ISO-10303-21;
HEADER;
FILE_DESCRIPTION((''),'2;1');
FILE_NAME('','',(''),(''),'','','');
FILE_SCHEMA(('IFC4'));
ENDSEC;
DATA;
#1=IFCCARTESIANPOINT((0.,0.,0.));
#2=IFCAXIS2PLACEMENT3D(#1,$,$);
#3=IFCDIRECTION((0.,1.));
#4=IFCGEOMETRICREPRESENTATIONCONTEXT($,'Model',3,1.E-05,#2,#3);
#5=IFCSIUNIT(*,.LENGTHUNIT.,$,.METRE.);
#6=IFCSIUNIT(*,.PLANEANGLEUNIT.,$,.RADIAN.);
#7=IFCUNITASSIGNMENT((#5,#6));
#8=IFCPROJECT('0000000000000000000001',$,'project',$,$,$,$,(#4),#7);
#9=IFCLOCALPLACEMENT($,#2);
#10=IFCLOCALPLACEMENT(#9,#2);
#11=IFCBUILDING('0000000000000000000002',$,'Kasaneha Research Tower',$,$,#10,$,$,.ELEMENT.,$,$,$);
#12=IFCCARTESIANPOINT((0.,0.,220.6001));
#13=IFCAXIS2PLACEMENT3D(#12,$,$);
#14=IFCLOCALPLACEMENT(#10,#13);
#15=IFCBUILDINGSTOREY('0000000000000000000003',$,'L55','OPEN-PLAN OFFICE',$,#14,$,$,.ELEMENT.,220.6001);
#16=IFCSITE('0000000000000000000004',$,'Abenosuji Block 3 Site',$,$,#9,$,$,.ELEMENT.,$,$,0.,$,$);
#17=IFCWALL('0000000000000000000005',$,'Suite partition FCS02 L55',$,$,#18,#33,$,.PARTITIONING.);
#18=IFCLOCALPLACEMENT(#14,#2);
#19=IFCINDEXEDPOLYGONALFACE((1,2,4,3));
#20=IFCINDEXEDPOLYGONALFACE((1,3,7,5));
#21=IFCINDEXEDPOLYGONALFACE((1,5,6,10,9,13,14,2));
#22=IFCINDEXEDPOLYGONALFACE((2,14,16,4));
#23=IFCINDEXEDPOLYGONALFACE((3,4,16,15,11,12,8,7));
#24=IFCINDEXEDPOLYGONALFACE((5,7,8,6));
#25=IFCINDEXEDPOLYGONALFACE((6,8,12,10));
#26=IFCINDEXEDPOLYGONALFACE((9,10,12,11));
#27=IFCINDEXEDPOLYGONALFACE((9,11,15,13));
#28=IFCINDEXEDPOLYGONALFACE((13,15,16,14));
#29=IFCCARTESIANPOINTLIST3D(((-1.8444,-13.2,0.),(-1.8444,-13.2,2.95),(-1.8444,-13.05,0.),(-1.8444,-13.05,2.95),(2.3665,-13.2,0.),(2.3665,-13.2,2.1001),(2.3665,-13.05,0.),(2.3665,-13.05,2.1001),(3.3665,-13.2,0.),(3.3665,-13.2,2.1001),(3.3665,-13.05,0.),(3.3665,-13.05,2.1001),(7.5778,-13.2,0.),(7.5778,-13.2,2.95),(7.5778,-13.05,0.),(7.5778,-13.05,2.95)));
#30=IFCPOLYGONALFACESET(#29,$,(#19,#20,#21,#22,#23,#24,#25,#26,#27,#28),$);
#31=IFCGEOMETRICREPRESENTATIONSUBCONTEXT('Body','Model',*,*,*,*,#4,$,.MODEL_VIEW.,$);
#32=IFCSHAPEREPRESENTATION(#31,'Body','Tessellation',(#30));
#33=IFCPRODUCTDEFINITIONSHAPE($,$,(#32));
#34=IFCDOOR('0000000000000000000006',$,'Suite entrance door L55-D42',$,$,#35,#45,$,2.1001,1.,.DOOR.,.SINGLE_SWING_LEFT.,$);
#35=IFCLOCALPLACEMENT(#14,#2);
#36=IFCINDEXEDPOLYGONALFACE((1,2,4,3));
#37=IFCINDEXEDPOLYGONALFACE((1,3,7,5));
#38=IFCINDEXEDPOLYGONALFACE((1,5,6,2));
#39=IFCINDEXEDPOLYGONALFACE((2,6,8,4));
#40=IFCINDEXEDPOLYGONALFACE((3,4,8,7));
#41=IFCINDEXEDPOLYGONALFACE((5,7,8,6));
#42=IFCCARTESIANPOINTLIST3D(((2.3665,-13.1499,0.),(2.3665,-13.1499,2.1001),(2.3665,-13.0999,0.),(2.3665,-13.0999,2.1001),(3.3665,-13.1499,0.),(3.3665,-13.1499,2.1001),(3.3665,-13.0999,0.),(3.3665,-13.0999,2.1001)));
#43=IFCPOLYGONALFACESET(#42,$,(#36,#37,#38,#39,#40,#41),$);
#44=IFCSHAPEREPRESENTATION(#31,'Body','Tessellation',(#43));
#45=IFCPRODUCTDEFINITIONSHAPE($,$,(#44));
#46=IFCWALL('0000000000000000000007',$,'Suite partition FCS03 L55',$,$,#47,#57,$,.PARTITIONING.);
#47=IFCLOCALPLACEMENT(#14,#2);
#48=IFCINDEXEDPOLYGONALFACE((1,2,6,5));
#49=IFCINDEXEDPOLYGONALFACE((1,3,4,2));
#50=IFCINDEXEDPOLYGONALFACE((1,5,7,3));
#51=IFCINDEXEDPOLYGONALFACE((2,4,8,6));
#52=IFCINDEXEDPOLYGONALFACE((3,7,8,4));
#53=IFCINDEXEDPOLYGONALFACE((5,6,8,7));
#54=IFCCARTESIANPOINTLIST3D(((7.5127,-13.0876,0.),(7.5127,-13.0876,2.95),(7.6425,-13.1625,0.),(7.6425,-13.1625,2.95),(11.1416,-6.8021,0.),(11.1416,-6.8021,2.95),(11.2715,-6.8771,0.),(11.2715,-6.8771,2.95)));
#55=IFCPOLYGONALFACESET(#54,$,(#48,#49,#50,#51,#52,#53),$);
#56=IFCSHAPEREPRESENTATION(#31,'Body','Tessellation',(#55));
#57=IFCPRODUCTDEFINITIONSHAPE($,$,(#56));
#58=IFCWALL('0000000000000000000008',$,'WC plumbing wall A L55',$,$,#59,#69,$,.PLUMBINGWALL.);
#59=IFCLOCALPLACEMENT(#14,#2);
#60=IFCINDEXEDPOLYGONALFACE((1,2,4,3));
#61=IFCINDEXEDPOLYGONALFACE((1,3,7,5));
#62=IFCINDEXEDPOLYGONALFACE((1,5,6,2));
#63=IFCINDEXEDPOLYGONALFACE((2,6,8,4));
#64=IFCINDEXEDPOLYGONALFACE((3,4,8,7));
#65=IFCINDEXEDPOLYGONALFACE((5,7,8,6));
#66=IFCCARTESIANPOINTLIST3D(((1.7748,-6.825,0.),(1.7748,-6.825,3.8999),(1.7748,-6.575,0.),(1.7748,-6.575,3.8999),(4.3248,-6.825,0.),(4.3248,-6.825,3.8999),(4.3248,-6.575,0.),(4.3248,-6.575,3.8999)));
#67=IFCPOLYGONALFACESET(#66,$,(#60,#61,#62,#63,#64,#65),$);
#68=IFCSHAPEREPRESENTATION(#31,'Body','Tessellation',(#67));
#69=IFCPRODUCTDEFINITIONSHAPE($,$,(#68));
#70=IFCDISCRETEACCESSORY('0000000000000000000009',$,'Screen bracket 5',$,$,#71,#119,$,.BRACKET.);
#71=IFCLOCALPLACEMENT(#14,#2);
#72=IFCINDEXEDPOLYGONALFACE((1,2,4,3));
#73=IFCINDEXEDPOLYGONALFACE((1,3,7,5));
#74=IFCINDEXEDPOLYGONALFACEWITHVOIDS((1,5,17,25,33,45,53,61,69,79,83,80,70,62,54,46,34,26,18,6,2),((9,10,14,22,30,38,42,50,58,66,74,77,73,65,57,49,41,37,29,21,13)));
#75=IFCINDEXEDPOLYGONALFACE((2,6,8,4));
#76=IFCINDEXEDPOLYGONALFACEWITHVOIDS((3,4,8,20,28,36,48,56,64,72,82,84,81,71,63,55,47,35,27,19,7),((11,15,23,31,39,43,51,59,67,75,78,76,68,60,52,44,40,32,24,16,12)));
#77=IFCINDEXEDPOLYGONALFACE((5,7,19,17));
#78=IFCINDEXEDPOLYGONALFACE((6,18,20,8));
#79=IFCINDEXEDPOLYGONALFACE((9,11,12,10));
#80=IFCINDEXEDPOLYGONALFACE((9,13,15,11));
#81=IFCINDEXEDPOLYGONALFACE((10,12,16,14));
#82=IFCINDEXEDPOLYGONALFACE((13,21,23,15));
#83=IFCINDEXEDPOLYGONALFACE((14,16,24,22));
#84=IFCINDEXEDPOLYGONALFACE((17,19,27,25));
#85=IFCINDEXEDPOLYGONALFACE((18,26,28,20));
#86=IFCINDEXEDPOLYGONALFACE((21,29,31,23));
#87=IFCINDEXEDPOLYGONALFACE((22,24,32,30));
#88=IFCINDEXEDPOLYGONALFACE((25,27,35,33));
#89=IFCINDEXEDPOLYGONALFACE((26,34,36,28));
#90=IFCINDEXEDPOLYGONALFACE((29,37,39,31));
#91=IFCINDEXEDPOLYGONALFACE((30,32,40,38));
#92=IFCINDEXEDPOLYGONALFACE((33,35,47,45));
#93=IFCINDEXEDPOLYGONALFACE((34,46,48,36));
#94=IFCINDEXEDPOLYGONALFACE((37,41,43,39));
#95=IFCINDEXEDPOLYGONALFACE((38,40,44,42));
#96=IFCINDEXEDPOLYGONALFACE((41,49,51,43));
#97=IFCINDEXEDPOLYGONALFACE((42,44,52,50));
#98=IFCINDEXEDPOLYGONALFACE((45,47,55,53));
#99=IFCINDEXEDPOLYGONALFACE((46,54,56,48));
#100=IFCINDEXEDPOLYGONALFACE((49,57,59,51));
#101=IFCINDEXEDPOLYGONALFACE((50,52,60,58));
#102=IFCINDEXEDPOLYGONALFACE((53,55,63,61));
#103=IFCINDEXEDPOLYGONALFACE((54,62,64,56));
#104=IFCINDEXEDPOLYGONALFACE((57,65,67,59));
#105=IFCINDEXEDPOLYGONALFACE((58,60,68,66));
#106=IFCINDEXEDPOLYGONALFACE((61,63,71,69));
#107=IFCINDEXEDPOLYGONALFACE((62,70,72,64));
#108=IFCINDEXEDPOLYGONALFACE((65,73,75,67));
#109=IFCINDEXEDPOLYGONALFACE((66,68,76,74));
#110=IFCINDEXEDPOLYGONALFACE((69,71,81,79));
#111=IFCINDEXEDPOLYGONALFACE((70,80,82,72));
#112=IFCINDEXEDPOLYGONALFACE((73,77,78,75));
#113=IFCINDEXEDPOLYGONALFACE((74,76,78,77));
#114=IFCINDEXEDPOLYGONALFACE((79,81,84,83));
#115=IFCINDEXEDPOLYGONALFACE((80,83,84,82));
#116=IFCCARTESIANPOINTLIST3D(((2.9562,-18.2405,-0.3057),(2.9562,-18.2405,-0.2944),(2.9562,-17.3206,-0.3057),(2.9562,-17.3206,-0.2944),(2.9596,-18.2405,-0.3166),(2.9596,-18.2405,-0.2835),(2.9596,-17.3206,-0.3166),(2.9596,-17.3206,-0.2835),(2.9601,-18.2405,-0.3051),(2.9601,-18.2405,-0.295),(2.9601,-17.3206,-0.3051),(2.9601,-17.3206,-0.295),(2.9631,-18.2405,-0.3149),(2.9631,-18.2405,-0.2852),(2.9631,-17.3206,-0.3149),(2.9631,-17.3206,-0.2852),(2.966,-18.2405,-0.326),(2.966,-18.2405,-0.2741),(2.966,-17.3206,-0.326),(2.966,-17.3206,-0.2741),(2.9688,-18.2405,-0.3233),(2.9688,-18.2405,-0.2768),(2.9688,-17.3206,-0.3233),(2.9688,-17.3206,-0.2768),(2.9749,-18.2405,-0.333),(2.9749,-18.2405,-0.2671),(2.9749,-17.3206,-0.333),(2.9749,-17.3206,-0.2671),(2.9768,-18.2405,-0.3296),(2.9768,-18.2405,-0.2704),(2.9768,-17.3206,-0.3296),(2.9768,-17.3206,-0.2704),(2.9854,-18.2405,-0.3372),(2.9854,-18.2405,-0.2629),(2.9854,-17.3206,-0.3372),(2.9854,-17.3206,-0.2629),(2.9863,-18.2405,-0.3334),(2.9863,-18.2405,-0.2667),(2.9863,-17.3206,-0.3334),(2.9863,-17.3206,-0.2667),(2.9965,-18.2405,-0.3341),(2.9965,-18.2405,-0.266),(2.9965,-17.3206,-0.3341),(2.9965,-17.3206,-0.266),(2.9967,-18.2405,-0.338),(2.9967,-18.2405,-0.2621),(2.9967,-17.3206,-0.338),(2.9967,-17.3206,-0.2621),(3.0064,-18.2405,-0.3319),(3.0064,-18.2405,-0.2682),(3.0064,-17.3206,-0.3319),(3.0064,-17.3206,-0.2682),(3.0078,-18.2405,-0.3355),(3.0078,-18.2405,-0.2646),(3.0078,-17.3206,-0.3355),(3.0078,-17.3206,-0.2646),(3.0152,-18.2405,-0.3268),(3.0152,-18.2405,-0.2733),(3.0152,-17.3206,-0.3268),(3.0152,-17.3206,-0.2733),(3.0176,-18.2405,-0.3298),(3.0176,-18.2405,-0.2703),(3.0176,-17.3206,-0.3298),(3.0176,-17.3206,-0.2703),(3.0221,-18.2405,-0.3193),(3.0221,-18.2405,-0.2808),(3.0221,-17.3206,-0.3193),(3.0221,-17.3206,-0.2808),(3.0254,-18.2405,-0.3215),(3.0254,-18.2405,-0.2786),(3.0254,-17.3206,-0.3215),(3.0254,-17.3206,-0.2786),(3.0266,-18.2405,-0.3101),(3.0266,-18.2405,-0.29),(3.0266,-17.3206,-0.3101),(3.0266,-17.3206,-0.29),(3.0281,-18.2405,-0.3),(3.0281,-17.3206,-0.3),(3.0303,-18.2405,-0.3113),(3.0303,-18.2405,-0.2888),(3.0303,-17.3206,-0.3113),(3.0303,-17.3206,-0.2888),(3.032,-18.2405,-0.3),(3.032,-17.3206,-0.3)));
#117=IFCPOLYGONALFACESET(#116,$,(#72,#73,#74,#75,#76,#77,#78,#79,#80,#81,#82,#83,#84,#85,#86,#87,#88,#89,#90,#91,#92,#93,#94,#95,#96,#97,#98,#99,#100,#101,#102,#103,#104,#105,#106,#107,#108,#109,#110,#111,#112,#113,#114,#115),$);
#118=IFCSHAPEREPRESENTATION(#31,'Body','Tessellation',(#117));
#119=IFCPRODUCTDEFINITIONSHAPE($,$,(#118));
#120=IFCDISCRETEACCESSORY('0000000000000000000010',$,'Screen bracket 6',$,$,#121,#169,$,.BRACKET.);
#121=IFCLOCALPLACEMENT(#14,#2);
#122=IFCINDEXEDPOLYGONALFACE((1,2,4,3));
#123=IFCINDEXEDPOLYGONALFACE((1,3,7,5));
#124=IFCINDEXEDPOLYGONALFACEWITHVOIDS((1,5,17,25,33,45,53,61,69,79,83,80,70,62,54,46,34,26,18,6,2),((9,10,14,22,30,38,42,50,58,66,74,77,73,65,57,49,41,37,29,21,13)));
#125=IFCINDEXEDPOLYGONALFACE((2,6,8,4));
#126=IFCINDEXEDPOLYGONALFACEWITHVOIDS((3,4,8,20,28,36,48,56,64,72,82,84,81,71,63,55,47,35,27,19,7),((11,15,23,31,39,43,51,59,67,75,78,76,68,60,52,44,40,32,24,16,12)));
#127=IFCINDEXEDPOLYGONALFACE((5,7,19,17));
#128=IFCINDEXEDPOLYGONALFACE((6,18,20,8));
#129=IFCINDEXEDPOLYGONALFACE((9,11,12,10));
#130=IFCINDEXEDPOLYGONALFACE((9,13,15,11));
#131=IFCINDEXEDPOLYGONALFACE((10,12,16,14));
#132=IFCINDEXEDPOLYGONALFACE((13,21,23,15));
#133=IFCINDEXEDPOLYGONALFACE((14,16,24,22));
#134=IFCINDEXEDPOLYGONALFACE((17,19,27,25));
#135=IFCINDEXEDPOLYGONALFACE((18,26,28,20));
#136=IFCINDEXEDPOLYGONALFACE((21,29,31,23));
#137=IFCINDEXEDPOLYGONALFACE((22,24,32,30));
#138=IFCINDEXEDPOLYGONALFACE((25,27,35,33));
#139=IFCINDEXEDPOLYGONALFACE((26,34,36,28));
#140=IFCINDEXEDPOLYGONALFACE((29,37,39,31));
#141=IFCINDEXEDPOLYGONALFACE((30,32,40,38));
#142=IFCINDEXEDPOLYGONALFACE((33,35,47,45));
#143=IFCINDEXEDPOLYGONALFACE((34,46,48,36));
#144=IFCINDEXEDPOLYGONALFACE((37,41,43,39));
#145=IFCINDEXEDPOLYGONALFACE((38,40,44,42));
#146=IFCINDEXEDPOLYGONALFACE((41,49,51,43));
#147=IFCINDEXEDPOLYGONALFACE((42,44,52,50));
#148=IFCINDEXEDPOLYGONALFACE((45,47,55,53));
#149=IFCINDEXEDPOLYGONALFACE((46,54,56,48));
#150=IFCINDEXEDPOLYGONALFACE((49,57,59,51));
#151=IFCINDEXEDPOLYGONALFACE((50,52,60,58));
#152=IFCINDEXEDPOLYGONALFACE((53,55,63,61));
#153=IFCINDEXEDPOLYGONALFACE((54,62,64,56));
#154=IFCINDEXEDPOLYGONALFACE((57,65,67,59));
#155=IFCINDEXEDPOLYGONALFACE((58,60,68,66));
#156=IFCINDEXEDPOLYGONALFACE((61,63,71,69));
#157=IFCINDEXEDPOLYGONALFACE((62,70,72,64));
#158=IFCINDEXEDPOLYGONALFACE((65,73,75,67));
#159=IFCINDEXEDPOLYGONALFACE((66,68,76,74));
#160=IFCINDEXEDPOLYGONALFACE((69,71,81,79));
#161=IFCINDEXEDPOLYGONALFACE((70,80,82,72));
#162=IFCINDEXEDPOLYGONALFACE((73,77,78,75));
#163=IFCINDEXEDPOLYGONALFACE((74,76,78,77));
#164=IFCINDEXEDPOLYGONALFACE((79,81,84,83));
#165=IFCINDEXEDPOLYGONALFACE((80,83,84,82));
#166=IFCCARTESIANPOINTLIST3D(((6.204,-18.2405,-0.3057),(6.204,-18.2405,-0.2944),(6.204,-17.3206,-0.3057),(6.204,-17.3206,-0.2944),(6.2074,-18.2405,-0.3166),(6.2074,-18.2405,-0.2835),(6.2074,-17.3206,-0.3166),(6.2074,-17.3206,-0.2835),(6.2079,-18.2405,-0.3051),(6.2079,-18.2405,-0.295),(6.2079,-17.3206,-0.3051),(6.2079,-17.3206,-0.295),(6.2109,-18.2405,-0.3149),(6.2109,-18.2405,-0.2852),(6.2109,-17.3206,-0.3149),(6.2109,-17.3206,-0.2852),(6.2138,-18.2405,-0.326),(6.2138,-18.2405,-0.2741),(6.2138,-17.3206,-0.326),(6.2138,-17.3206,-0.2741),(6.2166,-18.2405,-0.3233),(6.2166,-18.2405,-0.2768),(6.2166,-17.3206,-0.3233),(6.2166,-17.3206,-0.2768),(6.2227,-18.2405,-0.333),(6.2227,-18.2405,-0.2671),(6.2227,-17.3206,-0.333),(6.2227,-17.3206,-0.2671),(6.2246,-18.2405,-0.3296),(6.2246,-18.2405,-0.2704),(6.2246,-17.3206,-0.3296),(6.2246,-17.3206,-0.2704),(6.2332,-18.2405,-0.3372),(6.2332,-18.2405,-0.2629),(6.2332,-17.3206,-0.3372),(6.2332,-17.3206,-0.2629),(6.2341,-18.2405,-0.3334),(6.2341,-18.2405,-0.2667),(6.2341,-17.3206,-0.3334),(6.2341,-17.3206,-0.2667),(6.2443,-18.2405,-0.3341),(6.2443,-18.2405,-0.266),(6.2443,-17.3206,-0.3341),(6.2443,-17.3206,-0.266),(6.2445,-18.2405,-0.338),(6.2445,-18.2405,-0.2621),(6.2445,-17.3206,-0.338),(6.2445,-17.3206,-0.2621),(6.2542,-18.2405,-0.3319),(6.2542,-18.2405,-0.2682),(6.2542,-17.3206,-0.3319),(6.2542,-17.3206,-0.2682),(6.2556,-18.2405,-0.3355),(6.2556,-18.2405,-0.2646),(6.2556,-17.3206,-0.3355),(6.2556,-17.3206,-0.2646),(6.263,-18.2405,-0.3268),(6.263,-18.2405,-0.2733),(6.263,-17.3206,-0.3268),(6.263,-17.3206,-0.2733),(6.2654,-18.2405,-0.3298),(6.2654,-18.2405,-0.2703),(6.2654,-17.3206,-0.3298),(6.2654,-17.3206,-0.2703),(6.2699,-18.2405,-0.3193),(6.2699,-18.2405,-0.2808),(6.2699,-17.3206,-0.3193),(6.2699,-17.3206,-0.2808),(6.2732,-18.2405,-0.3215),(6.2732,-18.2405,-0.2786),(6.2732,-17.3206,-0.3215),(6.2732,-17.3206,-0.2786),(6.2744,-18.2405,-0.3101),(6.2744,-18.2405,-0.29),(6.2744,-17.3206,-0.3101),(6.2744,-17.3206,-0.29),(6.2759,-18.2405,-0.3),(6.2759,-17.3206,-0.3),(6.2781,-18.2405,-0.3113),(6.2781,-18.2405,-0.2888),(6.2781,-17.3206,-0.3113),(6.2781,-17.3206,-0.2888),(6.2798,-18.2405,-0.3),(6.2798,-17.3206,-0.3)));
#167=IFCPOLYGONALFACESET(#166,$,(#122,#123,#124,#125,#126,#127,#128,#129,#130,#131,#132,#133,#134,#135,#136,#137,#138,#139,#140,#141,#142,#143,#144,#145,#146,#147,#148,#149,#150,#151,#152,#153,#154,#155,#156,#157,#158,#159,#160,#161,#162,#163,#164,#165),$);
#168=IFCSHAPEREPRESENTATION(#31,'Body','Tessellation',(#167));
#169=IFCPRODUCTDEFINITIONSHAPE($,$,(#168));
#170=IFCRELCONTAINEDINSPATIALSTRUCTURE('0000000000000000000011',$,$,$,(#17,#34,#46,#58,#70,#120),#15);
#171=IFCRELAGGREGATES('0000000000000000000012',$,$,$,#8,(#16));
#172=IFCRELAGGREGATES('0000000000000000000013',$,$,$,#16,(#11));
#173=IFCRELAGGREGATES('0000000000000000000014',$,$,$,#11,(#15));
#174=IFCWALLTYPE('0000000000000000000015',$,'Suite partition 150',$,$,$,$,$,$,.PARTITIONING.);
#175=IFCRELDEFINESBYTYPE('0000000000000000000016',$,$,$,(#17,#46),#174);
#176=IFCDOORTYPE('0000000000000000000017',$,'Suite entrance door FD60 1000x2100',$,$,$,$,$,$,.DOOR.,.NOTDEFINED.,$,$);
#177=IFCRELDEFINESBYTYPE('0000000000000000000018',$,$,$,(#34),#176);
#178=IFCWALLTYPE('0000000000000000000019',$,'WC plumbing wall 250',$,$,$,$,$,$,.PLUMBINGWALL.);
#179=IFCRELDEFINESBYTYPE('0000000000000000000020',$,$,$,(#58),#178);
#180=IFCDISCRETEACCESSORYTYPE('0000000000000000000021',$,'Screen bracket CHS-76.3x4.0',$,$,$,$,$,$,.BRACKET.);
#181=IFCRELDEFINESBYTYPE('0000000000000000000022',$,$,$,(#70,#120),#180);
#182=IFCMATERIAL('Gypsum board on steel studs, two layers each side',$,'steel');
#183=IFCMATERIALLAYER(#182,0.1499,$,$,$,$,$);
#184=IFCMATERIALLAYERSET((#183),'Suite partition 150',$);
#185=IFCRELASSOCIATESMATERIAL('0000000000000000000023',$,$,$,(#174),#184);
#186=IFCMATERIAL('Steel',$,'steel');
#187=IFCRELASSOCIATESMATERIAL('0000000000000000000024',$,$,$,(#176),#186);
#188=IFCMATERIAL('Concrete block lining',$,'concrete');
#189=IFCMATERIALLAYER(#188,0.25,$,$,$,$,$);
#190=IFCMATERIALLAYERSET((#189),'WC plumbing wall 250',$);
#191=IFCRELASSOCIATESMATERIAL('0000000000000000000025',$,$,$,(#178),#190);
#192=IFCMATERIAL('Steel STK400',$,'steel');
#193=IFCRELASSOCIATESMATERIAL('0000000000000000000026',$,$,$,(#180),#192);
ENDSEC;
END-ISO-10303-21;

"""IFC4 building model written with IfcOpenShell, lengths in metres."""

from ifc_helpers import new_model, si_unit, direction, frame, frame_2d, origin, origin_2d, place, context, subcontext, project, spatial, rectangle, hollow_circle, extrude, material, layer, layer_set, material_profile, profile_set, type_object, element, fill, save


model = new_model("IFC4")

# Units and contexts
model_context = context("Model", 3, precision=1e-05, world=origin(), true_north=direction((0.0, 1.0)))
body_context = subcontext(model_context, "Body", "Model", "MODEL_VIEW")
ifc_project = project(units=[si_unit("LENGTHUNIT", "METRE"), si_unit("PLANEANGLEUNIT", "RADIAN")], contexts=[model_context])

# Site, building, storey
site_placement = place(None, origin())
site = spatial("IfcSite", under=ifc_project, at=site_placement, Name="Abenosuji Block 3 Site", CompositionType="ELEMENT", RefElevation=0.0)
building_placement = place(site_placement, origin())
building = spatial("IfcBuilding", under=site, at=building_placement, Name="Kasaneha Research Tower", CompositionType="ELEMENT")
storey_placement = place(building_placement, frame((0.0, 0.0, 220.6001)))
storey = spatial("IfcBuildingStorey", under=building, at=storey_placement, Name="L55", Description="OPEN-PLAN OFFICE", CompositionType="ELEMENT", Elevation=220.6001)

# Wall, opening, door
ifc_material_1 = material(Name="Gypsum board on steel studs, two layers each side", Category="steel")
ifc_layer_1 = layer(ifc_material_1, 0.1499)
ifc_layer_set_1 = layer_set([ifc_layer_1], Name="Suite partition 150")
wall_type_1 = type_object("IfcWallType", Name="Suite partition 150", PredefinedType="PARTITIONING", material=ifc_layer_set_1)
wall_1_placement = place(storey_placement, frame((7.5776, -13.125, 0.0), z_axis=(0.0, 0.0, 1.0), x_axis=(-1.0, 0.0, 0.0)))
wall_1 = element("IfcWall", 1, at=wall_1_placement, inside=storey, type_object=wall_type_1, Name="Suite partition FCS02 L55", PredefinedType="PARTITIONING", context=body_context, shape_type="SweptSolid", body=[
    extrude(rectangle(XDim=9.4221, YDim=0.1499, at=frame_2d((4.7109, 0.0))), origin(), (0.0, 0.0, 1.0), 2.95),
])
opening_1_placement = place(wall_1_placement, frame((4.2112, 0.0, 0.0)))
opening_1 = element("IfcOpeningElement", 2, at=opening_1_placement, cuts=wall_1, PredefinedType="OPENING", context=body_context, shape_type="SweptSolid", body=[
    extrude(rectangle(XDim=1.0, YDim=2.1001, at=frame_2d((0.5, 1.05))), frame((0.0, 0.085, 0.0), z_axis=(0.0, -1.0, 0.0), x_axis=(1.0, 0.0, 0.0)), (0.0, 0.0, 1.0), 0.1699),
])
ifc_material_2 = material(Name="Steel", Category="steel")
door_type_1 = type_object("IfcDoorType", Name="Suite entrance door FD60 1000x2100", OperationType="NOTDEFINED", PredefinedType="DOOR", material=ifc_material_2)
door_1_placement = place(opening_1_placement, origin())
door_1 = element("IfcDoor", 3, at=door_1_placement, inside=storey, type_object=door_type_1, Name="Suite entrance door L55-D42", OperationType="SINGLE_SWING_LEFT", OverallHeight=2.1001, OverallWidth=1.0, PredefinedType="DOOR", context=body_context, shape_type="SweptSolid", body=[
    extrude(rectangle(XDim=1.0, YDim=2.1001, at=frame_2d((0.5, 1.05))), frame((0.0, 0.0249, 0.0), z_axis=(0.0, -1.0, 0.0), x_axis=(1.0, 0.0, 0.0)), (0.0, 0.0, 1.0), 0.05),
])
fill(opening_1, door_1)

# Walls
wall_2_placement = place(storey_placement, frame((11.2065, -6.8396, 0.0), z_axis=(0.0, 0.0, 1.0), x_axis=(-0.500003, -0.866024, 0.0)))
element("IfcWall", 4, at=wall_2_placement, inside=storey, type_object=wall_type_1, Name="Suite partition FCS03 L55", PredefinedType="PARTITIONING", context=body_context, shape_type="SweptSolid", body=[
    extrude(rectangle(XDim=7.2578, YDim=0.1499, at=frame_2d((3.6289, 0.0))), origin(), (0.0, 0.0, 1.0), 2.95),
])
ifc_material_3 = material(Name="Concrete block lining", Category="concrete")
ifc_layer_2 = layer(ifc_material_3, 0.25)
ifc_layer_set_2 = layer_set([ifc_layer_2], Name="WC plumbing wall 250")
wall_type_2 = type_object("IfcWallType", Name="WC plumbing wall 250", PredefinedType="PLUMBINGWALL", material=ifc_layer_set_2)
wall_3_placement = place(storey_placement, frame((1.7749, -6.7, 0.0), z_axis=(0.0, 0.0, 1.0), x_axis=(1.0, 0.0, 0.0)))
element("IfcWall", 5, at=wall_3_placement, inside=storey, type_object=wall_type_2, Name="WC plumbing wall A L55", PredefinedType="PLUMBINGWALL", context=body_context, shape_type="SweptSolid", body=[
    extrude(rectangle(XDim=2.55, YDim=0.25, at=frame_2d((1.2749, 0.0))), origin(), (0.0, 0.0, 1.0), 3.8999),
])

# Discrete accessories
ifc_material_4 = material(Name="Steel STK400", Category="steel")
ifc_material_profile_1 = material_profile(ifc_material_4, hollow_circle(Radius=0.0381, WallThickness=0.0039, at=origin_2d()), Name="CHS-76.3x4.0")
ifc_profile_set_1 = profile_set([ifc_material_profile_1], Name="Steel STK400")
discrete_accessory_type = type_object("IfcDiscreteAccessoryType", Name="Screen bracket CHS-76.3x4.0", PredefinedType="BRACKET", material=ifc_profile_set_1)
for number, where, z_axis, x_axis, name in (
    (6, (2.9939, -17.3206, -0.3), (0.0, -1.0, 0.0), (1.0, 0.0, 0.0), "Screen bracket 5"),
    (7, (6.2417, -17.3206, -0.3), (0.0, -1.0, 0.0), (1.0, 0.0, 0.0), "Screen bracket 6"),
):
    element("IfcDiscreteAccessory", number, at=place(storey_placement, frame(where, z_axis=z_axis, x_axis=x_axis)), inside=storey, type_object=discrete_accessory_type, Name=name, PredefinedType="BRACKET", context=body_context, shape_type="SweptSolid", body=[
        extrude(hollow_circle(Radius=0.0381, WallThickness=0.0039, at=origin_2d()), origin(), (0.0, 0.0, 1.0), 0.9199),
    ])

save(model, "model.ifc")
